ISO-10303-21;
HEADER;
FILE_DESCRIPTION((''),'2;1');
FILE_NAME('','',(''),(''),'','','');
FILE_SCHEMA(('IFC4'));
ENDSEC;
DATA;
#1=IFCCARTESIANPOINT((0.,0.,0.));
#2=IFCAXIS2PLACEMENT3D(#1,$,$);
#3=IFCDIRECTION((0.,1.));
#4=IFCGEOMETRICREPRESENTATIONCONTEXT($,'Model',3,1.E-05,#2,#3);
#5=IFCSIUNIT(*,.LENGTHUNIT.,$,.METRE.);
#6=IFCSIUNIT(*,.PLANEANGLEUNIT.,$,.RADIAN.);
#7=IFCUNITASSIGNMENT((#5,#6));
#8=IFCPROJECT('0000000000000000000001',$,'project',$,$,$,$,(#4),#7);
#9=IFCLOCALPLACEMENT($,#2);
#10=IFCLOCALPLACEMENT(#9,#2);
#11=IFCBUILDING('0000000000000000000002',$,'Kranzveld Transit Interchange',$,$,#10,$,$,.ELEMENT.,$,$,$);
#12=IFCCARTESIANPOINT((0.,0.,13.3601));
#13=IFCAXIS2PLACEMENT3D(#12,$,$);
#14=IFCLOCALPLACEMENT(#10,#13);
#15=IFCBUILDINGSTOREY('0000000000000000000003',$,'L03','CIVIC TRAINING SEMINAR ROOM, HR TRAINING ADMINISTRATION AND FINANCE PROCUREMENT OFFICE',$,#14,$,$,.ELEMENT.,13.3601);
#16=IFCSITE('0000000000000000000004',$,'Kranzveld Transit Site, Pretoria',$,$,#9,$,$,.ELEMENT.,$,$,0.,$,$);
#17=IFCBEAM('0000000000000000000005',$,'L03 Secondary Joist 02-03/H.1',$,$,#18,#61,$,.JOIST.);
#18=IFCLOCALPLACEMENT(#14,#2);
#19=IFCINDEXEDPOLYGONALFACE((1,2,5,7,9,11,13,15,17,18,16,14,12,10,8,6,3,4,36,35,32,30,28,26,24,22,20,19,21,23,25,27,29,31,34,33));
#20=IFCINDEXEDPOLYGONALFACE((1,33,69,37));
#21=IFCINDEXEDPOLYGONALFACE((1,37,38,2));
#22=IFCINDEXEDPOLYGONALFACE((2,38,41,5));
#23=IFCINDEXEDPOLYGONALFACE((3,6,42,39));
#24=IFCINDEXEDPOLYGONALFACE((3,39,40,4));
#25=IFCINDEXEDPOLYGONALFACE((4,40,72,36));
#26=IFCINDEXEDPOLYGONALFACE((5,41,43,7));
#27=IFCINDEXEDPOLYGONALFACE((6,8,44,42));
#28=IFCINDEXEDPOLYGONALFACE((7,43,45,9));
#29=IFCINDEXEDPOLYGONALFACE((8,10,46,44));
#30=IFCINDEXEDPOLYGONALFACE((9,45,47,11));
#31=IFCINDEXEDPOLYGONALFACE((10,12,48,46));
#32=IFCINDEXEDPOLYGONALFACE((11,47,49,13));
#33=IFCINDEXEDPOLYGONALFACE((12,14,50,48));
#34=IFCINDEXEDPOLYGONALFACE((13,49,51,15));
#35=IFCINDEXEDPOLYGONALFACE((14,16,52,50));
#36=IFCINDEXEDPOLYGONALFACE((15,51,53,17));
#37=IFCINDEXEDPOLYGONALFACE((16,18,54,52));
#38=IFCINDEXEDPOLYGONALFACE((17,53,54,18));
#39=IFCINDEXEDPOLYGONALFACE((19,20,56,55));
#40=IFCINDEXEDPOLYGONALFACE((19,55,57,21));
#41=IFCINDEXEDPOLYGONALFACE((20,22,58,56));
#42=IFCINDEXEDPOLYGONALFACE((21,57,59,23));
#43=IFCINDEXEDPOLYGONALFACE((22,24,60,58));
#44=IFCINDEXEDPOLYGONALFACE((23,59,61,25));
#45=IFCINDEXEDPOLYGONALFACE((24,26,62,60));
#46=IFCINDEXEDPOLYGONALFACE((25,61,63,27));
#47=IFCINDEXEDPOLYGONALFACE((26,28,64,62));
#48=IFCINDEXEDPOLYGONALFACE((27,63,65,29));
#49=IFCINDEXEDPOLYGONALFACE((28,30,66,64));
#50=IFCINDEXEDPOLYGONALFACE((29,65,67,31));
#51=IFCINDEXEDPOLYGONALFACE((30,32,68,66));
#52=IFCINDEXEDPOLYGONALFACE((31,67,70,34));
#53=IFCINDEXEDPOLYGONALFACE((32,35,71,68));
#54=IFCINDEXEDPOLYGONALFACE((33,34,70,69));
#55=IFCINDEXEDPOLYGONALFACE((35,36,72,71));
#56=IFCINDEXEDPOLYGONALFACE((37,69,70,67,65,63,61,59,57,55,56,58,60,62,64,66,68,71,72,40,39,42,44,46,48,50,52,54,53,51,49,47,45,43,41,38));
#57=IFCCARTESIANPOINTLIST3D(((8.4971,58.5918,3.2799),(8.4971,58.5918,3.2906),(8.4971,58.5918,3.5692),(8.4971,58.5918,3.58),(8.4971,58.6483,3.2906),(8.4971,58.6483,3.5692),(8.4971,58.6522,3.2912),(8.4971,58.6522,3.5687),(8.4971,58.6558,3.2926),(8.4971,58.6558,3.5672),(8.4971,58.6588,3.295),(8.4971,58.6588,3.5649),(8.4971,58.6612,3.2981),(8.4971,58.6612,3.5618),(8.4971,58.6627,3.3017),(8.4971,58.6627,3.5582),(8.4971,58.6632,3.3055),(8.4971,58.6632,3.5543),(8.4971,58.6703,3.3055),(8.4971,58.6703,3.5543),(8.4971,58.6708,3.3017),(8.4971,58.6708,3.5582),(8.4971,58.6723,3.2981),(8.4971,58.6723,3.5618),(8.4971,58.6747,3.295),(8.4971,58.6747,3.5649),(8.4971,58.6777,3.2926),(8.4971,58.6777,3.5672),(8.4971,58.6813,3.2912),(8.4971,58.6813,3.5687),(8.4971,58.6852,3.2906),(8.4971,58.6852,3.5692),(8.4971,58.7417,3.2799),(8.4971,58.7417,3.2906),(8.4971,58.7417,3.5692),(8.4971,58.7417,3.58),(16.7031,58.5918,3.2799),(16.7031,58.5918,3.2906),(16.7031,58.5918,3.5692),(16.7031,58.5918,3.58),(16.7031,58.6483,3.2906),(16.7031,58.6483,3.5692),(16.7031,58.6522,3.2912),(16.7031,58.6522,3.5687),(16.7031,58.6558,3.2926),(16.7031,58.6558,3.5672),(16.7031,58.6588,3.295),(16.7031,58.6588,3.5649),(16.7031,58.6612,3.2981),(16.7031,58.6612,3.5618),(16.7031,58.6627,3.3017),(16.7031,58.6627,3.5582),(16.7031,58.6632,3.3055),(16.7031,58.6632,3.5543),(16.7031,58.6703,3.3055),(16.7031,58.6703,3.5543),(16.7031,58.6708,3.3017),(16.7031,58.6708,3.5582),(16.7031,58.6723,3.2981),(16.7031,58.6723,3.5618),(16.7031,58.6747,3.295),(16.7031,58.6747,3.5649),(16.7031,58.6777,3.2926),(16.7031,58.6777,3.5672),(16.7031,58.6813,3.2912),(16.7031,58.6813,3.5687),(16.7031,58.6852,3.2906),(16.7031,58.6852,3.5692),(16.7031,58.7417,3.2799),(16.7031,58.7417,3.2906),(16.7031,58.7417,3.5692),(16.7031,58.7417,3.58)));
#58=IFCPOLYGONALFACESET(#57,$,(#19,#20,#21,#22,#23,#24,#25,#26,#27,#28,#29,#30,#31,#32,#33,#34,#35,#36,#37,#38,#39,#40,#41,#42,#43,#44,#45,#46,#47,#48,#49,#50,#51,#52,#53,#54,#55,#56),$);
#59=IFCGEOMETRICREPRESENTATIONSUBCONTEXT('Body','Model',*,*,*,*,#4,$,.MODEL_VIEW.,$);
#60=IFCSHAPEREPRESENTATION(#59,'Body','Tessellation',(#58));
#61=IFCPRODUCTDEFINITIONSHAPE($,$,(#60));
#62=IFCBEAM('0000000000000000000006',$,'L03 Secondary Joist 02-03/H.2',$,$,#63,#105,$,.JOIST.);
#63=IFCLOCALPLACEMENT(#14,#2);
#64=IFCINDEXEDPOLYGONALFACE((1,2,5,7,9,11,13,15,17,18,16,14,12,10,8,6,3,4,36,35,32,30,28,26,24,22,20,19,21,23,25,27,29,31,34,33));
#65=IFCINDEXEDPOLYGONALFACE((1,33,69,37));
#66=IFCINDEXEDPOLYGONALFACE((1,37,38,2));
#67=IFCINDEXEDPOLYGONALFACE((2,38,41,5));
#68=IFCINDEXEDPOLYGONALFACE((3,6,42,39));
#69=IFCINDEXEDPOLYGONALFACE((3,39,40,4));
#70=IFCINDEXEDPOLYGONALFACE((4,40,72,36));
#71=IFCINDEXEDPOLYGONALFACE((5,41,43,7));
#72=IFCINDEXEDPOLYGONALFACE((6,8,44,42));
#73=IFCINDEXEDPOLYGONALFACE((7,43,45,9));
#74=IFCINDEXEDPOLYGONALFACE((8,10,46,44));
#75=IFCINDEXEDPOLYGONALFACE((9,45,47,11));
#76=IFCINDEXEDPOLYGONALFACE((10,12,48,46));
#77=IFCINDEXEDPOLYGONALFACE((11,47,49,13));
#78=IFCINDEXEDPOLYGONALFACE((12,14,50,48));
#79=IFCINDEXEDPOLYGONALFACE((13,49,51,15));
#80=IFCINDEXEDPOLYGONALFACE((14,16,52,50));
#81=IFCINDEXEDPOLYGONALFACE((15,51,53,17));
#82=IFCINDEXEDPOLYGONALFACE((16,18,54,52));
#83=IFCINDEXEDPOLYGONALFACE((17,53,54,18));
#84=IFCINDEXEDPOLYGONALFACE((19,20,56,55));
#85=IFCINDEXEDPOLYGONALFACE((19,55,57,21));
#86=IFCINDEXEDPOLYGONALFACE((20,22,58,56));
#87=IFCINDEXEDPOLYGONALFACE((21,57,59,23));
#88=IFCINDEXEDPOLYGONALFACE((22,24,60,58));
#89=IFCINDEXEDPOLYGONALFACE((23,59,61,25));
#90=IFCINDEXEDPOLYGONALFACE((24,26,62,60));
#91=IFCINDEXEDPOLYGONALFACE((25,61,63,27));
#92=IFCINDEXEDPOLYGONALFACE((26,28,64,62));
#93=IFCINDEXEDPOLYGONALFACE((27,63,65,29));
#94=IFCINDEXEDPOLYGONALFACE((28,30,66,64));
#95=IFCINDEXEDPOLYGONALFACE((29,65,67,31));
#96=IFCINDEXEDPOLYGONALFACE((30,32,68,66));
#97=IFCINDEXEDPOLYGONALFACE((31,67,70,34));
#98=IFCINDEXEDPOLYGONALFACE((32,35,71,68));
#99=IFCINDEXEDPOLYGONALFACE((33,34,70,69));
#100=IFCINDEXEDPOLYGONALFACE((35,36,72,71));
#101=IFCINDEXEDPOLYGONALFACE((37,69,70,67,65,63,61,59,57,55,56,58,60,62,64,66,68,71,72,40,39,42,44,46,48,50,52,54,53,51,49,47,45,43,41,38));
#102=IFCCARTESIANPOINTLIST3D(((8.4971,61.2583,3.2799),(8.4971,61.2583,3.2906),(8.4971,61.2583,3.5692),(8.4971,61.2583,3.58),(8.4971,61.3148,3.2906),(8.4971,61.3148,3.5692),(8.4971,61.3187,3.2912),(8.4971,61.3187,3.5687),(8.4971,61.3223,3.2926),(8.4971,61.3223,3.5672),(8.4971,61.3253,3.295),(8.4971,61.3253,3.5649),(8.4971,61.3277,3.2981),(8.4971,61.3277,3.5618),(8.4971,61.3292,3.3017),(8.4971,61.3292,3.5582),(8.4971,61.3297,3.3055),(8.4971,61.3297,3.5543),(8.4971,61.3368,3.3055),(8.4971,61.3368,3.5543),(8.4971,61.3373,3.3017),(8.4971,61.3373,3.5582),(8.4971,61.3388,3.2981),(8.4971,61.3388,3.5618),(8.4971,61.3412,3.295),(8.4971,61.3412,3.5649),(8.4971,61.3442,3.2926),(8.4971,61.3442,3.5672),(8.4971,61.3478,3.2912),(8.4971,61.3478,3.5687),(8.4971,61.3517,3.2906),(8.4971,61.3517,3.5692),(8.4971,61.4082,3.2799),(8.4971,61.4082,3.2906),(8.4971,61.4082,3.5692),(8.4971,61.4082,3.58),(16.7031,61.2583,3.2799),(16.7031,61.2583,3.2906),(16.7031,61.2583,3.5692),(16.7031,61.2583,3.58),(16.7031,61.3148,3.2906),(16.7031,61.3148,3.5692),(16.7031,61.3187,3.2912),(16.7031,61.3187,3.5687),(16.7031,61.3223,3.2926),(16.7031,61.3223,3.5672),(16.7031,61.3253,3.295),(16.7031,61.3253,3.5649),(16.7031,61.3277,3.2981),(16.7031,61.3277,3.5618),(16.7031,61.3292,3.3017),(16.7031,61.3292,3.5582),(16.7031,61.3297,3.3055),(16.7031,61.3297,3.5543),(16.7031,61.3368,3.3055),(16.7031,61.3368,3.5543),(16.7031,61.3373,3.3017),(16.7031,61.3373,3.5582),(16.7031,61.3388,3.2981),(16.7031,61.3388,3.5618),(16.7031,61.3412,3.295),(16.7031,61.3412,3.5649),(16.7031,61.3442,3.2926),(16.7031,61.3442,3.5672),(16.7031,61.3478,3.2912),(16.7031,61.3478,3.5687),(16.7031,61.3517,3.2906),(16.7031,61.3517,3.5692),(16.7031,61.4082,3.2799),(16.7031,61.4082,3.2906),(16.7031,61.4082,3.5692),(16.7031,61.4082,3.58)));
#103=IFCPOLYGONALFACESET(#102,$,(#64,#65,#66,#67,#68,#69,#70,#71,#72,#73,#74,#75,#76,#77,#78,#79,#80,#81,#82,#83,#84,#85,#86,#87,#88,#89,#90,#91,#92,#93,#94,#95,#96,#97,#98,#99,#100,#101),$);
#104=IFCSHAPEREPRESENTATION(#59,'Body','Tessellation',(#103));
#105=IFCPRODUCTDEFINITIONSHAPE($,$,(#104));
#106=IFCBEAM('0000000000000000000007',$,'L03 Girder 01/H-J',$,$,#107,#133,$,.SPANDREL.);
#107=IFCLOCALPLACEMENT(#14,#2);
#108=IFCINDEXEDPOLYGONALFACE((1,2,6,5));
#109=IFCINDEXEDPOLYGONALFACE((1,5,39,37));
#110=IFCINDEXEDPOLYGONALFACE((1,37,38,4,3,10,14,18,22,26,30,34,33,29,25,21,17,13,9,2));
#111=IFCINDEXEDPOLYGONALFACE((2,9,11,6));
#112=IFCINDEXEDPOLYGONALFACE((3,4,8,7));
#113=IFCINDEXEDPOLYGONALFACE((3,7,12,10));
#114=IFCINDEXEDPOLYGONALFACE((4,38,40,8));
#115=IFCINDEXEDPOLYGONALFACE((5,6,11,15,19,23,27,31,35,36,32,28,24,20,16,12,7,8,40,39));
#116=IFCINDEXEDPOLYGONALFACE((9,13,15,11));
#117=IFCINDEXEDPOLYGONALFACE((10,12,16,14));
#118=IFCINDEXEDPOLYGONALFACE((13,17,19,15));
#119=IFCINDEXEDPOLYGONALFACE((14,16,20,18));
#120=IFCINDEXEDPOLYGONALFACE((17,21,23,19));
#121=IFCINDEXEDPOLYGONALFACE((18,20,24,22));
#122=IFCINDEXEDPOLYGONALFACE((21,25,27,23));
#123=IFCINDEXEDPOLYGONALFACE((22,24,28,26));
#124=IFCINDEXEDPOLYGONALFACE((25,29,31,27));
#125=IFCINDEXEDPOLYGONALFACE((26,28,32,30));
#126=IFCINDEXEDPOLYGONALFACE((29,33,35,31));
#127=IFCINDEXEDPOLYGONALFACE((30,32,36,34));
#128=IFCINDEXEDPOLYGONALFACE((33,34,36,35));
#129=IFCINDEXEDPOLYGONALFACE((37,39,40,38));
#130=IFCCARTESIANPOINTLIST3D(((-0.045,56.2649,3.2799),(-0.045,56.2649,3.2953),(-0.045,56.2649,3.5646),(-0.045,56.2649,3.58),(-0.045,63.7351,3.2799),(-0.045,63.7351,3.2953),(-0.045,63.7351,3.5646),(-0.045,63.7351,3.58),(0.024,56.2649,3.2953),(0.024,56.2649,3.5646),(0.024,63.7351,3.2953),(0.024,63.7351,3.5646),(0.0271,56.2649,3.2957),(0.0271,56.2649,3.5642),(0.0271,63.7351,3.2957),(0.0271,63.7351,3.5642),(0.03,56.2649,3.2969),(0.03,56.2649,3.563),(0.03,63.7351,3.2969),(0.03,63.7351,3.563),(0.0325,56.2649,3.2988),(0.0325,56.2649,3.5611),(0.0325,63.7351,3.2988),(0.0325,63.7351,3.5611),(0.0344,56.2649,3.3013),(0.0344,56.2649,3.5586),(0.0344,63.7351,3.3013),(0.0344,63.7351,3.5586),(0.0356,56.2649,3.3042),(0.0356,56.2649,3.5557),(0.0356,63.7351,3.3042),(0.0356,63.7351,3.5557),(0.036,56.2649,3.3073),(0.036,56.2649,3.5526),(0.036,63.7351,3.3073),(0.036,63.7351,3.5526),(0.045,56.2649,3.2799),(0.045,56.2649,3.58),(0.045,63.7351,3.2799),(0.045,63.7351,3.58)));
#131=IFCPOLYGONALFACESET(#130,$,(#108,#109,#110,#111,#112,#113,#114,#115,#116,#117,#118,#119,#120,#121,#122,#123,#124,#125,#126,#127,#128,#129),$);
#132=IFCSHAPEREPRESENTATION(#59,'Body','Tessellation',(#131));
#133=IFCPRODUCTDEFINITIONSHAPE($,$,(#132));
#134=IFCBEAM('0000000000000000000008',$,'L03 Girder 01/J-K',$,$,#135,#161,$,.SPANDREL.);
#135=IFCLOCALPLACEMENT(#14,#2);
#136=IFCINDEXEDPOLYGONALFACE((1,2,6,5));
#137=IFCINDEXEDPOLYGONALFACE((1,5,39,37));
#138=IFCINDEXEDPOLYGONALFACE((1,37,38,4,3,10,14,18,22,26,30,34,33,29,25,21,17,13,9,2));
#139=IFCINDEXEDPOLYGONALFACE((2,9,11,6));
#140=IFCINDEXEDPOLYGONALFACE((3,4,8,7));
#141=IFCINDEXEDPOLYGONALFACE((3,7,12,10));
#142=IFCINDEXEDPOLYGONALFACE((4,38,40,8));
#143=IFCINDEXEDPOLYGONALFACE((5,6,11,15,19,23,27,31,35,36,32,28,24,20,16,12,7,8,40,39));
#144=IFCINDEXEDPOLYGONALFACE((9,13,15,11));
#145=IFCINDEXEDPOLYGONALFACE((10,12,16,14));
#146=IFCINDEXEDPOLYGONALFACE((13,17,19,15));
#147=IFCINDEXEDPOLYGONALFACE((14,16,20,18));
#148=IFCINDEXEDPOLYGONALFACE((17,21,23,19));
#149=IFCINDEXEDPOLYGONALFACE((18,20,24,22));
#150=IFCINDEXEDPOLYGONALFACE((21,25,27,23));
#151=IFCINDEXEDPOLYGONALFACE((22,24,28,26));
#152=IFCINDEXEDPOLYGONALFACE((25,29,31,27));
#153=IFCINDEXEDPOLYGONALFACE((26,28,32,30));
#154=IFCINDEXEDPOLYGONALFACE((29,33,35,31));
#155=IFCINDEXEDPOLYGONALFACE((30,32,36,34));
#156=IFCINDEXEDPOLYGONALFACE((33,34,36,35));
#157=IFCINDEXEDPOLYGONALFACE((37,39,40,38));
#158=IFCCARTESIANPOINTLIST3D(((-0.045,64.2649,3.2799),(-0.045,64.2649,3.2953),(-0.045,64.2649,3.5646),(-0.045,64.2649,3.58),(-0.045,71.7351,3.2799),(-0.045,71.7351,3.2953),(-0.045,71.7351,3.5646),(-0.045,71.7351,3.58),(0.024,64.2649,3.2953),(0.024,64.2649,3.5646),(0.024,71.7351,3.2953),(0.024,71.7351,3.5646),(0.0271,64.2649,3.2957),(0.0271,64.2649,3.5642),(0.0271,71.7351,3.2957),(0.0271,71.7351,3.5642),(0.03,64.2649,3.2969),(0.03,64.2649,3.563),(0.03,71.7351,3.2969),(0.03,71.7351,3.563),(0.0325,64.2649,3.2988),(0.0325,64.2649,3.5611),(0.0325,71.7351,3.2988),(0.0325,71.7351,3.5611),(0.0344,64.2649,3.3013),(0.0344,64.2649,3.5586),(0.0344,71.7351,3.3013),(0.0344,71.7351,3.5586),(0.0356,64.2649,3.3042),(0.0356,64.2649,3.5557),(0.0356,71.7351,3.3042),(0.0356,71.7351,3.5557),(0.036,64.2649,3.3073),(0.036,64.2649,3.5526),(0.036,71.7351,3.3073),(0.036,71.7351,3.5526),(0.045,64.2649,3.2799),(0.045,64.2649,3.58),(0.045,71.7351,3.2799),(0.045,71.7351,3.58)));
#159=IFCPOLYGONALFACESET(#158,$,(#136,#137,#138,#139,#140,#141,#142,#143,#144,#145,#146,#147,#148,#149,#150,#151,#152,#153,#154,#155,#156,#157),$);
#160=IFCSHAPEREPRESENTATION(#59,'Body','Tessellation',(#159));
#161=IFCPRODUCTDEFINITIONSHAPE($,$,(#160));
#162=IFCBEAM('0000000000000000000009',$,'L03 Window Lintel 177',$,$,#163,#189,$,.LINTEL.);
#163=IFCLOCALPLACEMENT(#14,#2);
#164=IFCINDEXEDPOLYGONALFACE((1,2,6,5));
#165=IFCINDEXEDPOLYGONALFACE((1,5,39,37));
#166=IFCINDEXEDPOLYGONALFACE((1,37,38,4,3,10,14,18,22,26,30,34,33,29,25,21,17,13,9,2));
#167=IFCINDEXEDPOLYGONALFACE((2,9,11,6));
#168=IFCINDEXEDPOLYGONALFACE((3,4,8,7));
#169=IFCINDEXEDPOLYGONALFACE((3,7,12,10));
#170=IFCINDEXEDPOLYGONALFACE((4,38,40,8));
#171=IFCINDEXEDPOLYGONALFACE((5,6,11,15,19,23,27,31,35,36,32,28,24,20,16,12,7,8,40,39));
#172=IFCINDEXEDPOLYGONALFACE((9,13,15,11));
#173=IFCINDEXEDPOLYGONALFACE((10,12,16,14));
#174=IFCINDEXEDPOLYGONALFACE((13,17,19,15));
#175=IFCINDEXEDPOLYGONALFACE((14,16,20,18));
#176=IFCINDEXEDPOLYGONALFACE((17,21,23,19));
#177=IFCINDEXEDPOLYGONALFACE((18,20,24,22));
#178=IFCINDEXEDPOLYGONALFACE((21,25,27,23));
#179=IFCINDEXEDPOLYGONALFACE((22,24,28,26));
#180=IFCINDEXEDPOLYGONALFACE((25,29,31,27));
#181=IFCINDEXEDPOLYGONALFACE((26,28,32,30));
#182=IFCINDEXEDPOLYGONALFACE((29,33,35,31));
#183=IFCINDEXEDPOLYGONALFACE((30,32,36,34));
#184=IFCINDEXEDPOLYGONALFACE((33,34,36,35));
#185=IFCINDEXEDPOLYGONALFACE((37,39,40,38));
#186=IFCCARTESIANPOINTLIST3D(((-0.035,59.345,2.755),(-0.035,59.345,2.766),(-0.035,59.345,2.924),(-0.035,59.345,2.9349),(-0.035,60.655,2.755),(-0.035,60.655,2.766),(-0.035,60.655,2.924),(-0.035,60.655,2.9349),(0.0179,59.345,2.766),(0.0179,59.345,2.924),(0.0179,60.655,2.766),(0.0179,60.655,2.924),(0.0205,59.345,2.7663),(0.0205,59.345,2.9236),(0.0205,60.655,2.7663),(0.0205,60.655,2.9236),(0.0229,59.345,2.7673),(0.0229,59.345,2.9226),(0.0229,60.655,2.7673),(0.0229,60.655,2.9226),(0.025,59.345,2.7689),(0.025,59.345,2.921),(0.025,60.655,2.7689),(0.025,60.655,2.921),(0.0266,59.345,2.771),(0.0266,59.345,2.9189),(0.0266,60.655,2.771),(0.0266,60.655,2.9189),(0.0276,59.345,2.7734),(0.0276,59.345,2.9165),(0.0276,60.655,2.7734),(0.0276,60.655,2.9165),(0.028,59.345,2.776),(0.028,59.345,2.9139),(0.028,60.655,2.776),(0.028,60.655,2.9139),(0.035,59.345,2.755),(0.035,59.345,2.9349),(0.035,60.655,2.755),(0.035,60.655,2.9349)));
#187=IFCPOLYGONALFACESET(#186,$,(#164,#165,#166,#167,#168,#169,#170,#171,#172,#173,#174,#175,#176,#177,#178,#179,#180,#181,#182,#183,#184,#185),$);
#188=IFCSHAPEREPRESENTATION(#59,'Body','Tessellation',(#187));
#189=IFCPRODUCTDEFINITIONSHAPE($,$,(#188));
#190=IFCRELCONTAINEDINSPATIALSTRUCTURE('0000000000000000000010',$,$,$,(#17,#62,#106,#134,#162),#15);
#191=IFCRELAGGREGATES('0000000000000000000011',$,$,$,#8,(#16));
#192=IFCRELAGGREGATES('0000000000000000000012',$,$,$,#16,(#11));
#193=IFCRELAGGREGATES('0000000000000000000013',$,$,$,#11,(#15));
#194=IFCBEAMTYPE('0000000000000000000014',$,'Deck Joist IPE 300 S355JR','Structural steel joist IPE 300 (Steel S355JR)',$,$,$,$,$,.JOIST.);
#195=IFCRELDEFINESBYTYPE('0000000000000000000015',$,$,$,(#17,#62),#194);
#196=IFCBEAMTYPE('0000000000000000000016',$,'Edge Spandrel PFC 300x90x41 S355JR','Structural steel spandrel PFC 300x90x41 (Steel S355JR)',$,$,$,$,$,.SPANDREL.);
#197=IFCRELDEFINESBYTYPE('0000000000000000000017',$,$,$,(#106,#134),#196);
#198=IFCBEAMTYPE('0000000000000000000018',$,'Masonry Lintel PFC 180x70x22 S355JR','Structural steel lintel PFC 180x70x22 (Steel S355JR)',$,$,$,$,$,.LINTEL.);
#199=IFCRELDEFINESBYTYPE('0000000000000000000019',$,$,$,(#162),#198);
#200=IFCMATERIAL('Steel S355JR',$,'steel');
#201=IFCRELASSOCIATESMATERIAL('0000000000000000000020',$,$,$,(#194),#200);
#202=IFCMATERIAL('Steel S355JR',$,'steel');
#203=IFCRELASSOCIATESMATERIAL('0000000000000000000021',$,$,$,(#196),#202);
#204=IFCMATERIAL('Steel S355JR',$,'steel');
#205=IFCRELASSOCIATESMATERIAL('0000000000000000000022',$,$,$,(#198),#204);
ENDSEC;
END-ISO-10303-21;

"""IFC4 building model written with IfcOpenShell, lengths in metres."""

from ifc_helpers import new_model, si_unit, direction, frame, origin, origin_2d, place, context, subcontext, project, spatial, i_section, u_section, extrude, material, material_profile, profile_set, type_object, element, save


model = new_model("IFC4")

# Units and contexts
model_context = context("Model", 3, precision=1e-05, world=origin(), true_north=direction((0.0, 1.0)))
body_context = subcontext(model_context, "Body", "Model", "MODEL_VIEW")
ifc_project = project(units=[si_unit("LENGTHUNIT", "METRE"), si_unit("PLANEANGLEUNIT", "RADIAN")], contexts=[model_context])

# Site, building, storey
site_placement = place(None, origin())
site = spatial("IfcSite", under=ifc_project, at=site_placement, Name="Kranzveld Transit Site, Pretoria", CompositionType="ELEMENT", RefElevation=0.0)
building_placement = place(site_placement, origin())
building = spatial("IfcBuilding", under=site, at=building_placement, Name="Kranzveld Transit Interchange", CompositionType="ELEMENT")
storey_placement = place(building_placement, frame((0.0, 0.0, 13.3601)))
storey = spatial("IfcBuildingStorey", under=building, at=storey_placement, Name="L03", Description="CIVIC TRAINING SEMINAR ROOM, HR TRAINING ADMINISTRATION AND FINANCE PROCUREMENT OFFICE", CompositionType="ELEMENT", Elevation=13.3601)

# Beams
ifc_material_1 = material(Name="Steel S355JR", Category="steel")
ifc_material_profile_1 = material_profile(ifc_material_1, i_section(OverallWidth=0.1499, OverallDepth=0.3, WebThickness=0.0071, FlangeThickness=0.0107, FilletRadius=0.0149, at=origin_2d()), Name="IPE 300")
ifc_profile_set_1 = profile_set([ifc_material_profile_1], Name="Steel S355JR")
beam_type_1 = type_object("IfcBeamType", Name="Deck Joist IPE 300 S355JR", Description="Structural steel joist IPE 300 (Steel S355JR)", PredefinedType="JOIST", material=ifc_profile_set_1)
for number, where, z_axis, x_axis, name in (
    (1, (8.4971, 58.6667, 3.4299), (1.0, 0.0, 0.0), (0.0, 1.0, 0.0), "L03 Secondary Joist 02-03/H.1"),
    (2, (8.4971, 61.3333, 3.4299), (1.0, 0.0, 0.0), (0.0, 1.0, 0.0), "L03 Secondary Joist 02-03/H.2"),
):
    element("IfcBeam", number, at=place(storey_placement, frame(where, z_axis=z_axis, x_axis=x_axis)), inside=storey, type_object=beam_type_1, Name=name, PredefinedType="JOIST", context=body_context, shape_type="SweptSolid", body=[
        extrude(i_section(OverallWidth=0.1499, OverallDepth=0.3, WebThickness=0.0071, FlangeThickness=0.0107, FilletRadius=0.0149, at=origin_2d()), origin(), (0.0, 0.0, 1.0), 8.2061),
    ])
ifc_material_2 = material(Name="Steel S355JR", Category="steel")
ifc_material_profile_2 = material_profile(ifc_material_2, u_section(Depth=0.3, FlangeWidth=0.0901, WebThickness=0.009, FlangeThickness=0.0154, FilletRadius=0.012, at=origin_2d()), Name="PFC 300x90x41")
ifc_profile_set_2 = profile_set([ifc_material_profile_2], Name="Steel S355JR")
beam_type_2 = type_object("IfcBeamType", Name="Edge Spandrel PFC 300x90x41 S355JR", Description="Structural steel spandrel PFC 300x90x41 (Steel S355JR)", PredefinedType="SPANDREL", material=ifc_profile_set_2)
for number, where, z_axis, x_axis, name in (
    (3, (0.0, 56.2649, 3.4299), (0.0, 1.0, 0.0), (-1.0, 0.0, 0.0), "L03 Girder 01/H-J"),
    (4, (0.0, 64.2649, 3.4299), (0.0, 1.0, 0.0), (-1.0, 0.0, 0.0), "L03 Girder 01/J-K"),
):
    element("IfcBeam", number, at=place(storey_placement, frame(where, z_axis=z_axis, x_axis=x_axis)), inside=storey, type_object=beam_type_2, Name=name, PredefinedType="SPANDREL", context=body_context, shape_type="SweptSolid", body=[
        extrude(u_section(Depth=0.3, FlangeWidth=0.0901, WebThickness=0.009, FlangeThickness=0.0154, FilletRadius=0.012, at=origin_2d()), origin(), (0.0, 0.0, 1.0), 7.4702),
    ])
ifc_material_3 = material(Name="Steel S355JR", Category="steel")
ifc_material_profile_3 = material_profile(ifc_material_3, u_section(Depth=0.1799, FlangeWidth=0.0701, WebThickness=0.0071, FlangeThickness=0.011, FilletRadius=0.01, at=origin_2d()), Name="PFC 180x70x22")
ifc_profile_set_3 = profile_set([ifc_material_profile_3], Name="Steel S355JR")
beam_type_3 = type_object("IfcBeamType", Name="Masonry Lintel PFC 180x70x22 S355JR", Description="Structural steel lintel PFC 180x70x22 (Steel S355JR)", PredefinedType="LINTEL", material=ifc_profile_set_3)
beam_1_placement = place(storey_placement, frame((0.0, 59.345, 2.845), z_axis=(0.0, 1.0, 0.0), x_axis=(-1.0, 0.0, 0.0)))
element("IfcBeam", 5, at=beam_1_placement, inside=storey, type_object=beam_type_3, Name="L03 Window Lintel 177", PredefinedType="LINTEL", context=body_context, shape_type="SweptSolid", body=[
    extrude(u_section(Depth=0.1799, FlangeWidth=0.0701, WebThickness=0.0071, FlangeThickness=0.011, FilletRadius=0.01, at=origin_2d()), origin(), (0.0, 0.0, 1.0), 1.3101),
])

save(model, "model.ifc")
